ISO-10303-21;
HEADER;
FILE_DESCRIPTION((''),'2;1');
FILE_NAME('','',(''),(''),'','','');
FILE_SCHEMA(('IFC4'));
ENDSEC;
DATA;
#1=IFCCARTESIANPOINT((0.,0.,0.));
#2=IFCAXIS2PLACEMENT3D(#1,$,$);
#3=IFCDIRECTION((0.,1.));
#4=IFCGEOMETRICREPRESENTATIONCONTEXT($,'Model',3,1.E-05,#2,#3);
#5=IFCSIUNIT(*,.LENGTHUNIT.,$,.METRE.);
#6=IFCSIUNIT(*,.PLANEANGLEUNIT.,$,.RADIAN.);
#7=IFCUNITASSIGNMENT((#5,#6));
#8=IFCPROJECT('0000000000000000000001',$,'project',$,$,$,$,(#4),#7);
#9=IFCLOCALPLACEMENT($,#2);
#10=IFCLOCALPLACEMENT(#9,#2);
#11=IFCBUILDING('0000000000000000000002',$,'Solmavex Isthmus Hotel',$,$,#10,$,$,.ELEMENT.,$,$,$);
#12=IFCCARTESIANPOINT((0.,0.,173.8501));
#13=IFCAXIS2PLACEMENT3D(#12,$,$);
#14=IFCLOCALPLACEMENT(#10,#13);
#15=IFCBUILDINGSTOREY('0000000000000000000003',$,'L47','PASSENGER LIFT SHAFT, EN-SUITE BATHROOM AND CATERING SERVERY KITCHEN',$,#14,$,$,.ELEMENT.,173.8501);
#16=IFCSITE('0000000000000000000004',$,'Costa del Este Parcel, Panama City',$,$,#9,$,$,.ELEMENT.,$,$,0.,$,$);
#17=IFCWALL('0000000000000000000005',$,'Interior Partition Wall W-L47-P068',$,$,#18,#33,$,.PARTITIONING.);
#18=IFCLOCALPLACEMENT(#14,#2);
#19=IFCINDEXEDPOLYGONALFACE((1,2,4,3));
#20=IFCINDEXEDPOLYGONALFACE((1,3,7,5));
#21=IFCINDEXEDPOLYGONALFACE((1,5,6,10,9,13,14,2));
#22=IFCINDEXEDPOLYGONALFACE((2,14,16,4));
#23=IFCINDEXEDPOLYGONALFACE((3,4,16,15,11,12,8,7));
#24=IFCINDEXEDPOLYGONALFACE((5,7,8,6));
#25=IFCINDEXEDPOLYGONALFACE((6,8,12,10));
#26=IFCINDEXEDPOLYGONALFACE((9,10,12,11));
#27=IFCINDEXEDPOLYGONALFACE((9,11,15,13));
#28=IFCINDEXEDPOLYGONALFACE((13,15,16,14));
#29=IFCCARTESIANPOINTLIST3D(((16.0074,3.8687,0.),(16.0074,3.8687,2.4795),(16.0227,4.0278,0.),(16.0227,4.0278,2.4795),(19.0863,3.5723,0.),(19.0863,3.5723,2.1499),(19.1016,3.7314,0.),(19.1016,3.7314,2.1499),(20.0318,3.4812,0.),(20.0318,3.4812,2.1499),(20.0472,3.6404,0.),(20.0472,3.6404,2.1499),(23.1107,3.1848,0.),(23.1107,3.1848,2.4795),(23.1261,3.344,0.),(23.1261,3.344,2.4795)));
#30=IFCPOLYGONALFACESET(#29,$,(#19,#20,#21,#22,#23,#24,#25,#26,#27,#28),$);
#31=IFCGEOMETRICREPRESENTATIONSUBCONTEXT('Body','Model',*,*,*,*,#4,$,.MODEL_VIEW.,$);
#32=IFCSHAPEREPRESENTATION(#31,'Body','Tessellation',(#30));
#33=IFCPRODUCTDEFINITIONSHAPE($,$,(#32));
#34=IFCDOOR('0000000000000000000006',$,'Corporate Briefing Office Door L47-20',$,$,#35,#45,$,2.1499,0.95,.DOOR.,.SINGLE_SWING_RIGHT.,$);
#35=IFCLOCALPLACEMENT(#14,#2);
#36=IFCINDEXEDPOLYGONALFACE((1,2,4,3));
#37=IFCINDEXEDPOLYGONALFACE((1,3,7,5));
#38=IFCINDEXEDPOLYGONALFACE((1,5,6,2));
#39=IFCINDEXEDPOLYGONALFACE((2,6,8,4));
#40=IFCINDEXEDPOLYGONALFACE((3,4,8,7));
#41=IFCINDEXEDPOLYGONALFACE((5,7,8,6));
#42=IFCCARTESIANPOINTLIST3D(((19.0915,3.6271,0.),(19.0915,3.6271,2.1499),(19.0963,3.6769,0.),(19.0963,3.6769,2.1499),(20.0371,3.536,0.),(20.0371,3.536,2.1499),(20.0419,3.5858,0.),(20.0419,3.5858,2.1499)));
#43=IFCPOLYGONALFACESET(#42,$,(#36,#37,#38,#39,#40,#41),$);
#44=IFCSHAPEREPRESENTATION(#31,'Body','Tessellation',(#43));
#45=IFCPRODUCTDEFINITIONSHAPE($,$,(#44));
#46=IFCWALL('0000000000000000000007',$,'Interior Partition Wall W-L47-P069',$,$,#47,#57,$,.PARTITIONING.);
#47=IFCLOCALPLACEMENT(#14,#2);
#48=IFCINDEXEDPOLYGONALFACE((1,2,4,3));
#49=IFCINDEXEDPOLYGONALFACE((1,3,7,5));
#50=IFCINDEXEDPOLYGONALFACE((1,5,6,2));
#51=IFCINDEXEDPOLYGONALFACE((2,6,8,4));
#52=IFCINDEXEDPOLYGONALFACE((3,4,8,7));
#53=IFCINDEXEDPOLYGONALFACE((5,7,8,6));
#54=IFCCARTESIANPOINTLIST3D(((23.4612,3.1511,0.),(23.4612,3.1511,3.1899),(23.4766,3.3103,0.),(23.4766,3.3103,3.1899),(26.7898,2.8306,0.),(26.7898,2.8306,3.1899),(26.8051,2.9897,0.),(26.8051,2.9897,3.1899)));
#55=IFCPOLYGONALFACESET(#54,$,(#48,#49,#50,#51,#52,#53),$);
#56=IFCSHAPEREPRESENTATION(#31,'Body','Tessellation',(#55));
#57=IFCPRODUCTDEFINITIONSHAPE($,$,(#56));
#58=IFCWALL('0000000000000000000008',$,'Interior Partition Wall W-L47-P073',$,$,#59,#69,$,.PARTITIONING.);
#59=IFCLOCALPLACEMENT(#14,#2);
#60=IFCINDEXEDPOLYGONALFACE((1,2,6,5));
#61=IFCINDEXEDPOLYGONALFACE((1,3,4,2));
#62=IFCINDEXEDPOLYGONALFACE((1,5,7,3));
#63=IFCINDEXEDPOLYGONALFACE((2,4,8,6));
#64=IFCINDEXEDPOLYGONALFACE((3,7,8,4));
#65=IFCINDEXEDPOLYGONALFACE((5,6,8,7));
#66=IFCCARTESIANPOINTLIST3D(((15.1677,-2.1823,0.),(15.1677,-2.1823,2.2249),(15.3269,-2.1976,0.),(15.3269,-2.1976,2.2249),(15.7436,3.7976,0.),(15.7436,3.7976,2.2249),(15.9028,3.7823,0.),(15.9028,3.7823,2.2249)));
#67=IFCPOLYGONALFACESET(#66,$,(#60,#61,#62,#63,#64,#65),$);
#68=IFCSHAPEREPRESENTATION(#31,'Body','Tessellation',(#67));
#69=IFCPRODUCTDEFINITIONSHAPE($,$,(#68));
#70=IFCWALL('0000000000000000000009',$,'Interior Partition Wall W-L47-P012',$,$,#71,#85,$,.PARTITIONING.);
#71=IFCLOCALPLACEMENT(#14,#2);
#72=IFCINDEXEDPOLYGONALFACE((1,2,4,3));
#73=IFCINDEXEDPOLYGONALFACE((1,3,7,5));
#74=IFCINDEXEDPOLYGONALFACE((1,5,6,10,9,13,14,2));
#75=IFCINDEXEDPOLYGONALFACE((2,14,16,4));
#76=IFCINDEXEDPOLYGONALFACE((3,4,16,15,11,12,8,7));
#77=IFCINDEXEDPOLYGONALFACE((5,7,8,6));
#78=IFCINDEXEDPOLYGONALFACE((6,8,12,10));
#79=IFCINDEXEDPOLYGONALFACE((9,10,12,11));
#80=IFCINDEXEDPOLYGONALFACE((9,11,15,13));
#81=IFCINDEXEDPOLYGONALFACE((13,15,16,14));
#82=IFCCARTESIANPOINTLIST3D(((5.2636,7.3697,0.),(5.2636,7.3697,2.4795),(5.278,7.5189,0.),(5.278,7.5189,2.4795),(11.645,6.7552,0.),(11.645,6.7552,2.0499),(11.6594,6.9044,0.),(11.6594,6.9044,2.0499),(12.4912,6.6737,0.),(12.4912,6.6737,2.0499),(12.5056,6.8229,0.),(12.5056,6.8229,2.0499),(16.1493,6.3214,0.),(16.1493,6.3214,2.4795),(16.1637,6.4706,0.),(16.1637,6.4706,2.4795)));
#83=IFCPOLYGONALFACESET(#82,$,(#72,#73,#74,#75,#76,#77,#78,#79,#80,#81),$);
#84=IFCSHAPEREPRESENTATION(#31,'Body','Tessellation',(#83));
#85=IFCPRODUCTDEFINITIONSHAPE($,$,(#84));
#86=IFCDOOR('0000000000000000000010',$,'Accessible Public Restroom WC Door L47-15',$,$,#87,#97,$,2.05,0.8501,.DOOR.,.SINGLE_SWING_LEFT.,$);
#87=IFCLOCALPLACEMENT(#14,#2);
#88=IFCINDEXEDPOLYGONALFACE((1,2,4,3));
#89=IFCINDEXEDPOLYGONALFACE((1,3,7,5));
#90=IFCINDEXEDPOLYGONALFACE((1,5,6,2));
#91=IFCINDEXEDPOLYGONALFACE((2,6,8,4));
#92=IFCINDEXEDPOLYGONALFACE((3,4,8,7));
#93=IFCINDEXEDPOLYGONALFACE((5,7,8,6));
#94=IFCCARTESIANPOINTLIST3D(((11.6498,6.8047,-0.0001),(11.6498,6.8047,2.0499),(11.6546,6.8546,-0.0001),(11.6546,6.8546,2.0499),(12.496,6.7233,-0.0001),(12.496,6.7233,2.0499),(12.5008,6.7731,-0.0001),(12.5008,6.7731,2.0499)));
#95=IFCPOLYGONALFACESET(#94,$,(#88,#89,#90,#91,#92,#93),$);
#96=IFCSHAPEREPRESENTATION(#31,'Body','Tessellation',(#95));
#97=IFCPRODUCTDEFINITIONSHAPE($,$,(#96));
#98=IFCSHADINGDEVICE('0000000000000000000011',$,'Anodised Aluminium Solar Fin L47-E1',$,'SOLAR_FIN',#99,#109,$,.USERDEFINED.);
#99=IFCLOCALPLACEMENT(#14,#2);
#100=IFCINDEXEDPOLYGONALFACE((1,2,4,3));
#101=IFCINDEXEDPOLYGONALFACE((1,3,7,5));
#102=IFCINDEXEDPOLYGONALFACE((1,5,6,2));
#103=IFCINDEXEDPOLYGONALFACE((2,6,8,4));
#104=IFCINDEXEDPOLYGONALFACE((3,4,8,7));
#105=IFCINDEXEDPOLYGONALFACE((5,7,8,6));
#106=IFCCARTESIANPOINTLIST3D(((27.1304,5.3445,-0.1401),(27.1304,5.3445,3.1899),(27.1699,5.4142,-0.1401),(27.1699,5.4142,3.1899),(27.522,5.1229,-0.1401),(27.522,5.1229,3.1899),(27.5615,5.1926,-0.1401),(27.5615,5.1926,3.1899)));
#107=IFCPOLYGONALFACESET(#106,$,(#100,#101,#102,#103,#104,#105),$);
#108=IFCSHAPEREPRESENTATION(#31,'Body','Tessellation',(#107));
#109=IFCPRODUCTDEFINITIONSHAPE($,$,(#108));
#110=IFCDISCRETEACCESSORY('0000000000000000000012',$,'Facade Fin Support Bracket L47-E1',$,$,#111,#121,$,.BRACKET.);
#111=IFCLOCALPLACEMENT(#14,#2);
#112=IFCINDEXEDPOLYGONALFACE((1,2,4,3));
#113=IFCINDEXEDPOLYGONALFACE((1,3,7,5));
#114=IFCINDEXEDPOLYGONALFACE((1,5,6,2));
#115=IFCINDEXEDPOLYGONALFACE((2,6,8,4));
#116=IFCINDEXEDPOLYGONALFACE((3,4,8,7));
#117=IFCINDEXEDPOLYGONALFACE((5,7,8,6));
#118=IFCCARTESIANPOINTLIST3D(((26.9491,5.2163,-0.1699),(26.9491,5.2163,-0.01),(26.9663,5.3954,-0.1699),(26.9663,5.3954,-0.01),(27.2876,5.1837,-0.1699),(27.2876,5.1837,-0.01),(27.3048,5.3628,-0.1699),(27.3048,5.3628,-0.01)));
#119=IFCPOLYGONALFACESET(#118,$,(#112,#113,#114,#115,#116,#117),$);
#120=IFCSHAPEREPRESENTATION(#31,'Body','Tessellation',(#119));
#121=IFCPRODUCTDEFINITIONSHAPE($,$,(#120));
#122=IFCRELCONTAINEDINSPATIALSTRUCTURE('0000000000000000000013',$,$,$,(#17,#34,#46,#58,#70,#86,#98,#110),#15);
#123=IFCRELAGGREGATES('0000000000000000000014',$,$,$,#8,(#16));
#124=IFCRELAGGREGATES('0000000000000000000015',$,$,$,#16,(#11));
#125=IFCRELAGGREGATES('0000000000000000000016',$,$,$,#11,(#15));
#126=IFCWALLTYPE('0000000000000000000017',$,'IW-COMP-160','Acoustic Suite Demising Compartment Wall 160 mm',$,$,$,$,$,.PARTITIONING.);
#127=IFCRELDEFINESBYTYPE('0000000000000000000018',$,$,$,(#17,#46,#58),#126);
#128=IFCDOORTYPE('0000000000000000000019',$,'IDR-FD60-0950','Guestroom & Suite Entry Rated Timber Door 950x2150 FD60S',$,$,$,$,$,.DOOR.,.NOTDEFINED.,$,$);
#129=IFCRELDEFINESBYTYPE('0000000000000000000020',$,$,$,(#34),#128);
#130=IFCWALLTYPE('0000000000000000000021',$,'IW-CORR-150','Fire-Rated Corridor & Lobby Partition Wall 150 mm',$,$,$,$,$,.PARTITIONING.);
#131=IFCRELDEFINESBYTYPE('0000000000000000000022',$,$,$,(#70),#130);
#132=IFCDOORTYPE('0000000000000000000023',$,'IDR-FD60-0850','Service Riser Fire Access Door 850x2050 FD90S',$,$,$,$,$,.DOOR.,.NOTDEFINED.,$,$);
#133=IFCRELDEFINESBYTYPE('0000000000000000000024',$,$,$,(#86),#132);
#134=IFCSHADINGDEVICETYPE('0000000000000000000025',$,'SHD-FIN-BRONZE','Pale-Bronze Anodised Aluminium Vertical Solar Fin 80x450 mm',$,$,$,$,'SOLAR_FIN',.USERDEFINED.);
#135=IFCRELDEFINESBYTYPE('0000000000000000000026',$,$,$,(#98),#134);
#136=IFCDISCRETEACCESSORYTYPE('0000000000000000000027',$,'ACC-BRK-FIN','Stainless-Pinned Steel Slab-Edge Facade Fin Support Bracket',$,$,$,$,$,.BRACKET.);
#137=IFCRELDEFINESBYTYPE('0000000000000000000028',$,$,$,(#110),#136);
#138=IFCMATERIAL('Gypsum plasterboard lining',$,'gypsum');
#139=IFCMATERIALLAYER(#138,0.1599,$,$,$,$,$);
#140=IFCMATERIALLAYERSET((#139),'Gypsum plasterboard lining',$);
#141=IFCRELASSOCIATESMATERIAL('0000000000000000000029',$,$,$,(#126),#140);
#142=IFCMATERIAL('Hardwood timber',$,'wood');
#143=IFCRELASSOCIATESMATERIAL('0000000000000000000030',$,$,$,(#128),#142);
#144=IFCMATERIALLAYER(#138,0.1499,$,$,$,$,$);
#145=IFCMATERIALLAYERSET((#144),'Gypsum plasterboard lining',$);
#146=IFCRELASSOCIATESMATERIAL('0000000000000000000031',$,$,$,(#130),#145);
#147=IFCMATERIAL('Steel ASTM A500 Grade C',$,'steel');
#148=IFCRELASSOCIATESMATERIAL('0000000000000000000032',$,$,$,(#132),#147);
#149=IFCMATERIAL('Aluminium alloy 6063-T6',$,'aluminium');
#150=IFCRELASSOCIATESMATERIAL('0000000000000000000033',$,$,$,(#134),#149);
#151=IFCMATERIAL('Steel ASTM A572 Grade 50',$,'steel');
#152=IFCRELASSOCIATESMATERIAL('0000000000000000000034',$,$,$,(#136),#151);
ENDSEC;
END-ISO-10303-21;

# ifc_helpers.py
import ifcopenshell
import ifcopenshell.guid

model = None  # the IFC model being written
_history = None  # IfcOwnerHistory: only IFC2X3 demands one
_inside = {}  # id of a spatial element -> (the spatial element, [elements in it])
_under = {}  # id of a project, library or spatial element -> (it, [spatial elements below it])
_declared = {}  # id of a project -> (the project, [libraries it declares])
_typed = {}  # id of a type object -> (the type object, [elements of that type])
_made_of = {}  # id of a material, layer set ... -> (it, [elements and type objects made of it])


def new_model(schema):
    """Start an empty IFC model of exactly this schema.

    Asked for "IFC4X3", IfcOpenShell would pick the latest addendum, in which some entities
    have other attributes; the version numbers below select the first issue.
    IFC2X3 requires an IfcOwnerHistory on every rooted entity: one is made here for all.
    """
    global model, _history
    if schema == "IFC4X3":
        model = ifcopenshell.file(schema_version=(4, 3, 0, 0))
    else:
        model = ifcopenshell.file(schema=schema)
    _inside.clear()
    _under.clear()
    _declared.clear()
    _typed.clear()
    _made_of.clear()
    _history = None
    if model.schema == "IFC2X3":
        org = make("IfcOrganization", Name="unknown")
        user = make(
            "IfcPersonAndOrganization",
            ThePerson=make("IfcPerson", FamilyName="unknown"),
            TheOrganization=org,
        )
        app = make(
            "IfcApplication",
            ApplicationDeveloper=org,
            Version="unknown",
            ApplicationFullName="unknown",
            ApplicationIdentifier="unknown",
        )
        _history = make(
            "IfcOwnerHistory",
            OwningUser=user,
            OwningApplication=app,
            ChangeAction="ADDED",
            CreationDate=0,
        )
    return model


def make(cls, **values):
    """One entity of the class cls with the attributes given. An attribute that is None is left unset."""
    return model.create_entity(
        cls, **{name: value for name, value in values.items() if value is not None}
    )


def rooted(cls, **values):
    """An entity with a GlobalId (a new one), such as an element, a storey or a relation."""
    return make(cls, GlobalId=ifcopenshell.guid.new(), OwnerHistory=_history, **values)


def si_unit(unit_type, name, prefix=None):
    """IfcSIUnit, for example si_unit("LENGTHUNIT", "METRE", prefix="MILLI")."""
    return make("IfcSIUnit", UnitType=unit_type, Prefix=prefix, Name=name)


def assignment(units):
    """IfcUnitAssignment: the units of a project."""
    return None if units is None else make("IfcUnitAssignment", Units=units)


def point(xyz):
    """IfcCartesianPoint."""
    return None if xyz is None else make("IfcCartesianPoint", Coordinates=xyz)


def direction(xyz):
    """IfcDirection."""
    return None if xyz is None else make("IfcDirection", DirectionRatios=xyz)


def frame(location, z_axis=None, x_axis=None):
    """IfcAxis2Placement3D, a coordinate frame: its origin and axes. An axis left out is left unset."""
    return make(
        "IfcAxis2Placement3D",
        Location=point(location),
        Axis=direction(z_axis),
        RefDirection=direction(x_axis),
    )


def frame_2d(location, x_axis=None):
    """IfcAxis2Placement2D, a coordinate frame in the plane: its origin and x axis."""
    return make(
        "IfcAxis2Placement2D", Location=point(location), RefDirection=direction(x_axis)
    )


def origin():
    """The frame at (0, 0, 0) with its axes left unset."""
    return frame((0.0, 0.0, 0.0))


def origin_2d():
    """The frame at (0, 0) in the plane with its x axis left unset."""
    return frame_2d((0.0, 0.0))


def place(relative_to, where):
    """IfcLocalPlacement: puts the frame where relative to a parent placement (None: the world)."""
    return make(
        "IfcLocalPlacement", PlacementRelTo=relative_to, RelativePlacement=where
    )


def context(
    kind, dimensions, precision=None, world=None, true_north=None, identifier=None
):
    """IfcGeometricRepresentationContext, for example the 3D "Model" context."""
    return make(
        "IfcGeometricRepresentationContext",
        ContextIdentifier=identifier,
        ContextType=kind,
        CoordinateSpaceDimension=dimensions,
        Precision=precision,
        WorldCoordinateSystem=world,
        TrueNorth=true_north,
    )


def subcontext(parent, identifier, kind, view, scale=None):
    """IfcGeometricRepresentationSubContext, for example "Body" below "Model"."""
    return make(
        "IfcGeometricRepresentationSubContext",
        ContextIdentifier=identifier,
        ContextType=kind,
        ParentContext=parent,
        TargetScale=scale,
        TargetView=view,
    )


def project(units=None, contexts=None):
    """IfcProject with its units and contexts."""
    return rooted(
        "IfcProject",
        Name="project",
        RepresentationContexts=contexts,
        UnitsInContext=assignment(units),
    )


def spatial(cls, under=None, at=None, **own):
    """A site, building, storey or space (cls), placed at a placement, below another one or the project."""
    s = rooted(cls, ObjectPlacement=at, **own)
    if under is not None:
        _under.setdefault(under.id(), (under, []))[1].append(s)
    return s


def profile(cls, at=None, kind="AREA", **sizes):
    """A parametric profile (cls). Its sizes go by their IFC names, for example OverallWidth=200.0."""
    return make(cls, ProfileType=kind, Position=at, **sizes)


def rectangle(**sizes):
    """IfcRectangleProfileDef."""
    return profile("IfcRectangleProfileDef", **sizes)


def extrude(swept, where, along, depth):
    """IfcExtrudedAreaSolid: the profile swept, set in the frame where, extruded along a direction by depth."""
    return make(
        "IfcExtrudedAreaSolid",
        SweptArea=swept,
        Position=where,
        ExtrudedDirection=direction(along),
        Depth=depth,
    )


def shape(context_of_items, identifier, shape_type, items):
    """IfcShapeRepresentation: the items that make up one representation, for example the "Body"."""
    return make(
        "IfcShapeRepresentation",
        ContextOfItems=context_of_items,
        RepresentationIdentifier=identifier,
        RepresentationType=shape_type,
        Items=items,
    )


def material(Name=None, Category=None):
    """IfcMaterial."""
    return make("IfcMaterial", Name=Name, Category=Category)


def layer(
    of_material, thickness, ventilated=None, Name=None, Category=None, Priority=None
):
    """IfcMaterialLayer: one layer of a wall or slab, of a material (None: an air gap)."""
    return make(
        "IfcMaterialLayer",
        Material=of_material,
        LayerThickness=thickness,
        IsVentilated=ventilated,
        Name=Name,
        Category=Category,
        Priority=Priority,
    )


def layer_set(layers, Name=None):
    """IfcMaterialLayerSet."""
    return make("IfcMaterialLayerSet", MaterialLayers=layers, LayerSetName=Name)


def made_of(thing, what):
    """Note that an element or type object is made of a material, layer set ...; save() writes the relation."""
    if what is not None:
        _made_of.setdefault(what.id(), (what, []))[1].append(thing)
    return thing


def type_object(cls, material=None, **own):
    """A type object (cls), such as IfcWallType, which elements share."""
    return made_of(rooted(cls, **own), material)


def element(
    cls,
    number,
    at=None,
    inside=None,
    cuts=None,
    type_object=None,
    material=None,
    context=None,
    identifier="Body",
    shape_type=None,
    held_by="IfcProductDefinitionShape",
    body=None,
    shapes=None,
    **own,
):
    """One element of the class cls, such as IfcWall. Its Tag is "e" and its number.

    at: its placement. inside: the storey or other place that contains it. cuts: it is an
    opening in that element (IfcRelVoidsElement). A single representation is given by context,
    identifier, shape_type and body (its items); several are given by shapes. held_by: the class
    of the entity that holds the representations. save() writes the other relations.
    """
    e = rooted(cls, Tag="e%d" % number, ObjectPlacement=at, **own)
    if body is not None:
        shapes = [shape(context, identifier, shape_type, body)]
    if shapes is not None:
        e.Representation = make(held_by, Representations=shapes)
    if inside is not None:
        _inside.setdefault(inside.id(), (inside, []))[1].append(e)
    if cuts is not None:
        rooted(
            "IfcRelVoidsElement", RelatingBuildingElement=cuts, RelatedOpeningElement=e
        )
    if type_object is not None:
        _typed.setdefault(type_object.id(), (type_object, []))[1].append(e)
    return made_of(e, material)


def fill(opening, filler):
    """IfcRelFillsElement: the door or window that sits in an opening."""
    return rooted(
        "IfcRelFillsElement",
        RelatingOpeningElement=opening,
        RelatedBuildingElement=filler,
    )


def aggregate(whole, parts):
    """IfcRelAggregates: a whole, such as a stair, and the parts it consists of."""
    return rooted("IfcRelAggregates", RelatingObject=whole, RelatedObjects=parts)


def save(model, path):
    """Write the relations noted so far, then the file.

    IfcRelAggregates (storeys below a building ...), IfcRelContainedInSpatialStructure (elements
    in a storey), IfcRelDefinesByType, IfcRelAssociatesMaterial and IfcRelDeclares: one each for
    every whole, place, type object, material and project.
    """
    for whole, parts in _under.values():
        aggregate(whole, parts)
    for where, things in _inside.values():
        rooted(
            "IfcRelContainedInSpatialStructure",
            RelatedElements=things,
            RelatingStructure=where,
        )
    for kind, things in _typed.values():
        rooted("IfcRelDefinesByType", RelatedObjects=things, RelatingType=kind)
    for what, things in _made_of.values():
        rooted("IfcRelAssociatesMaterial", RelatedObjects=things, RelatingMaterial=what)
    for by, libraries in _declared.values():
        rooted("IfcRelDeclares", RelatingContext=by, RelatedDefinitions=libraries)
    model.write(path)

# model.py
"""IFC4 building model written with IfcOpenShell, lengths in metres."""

from ifc_helpers import new_model, si_unit, direction, frame, frame_2d, origin, origin_2d, place, context, subcontext, project, spatial, rectangle, extrude, material, layer, layer_set, type_object, element, fill, save


model = new_model("IFC4")

# Units and contexts
model_context = context("Model", 3, precision=1e-05, world=origin(), true_north=direction((0.0, 1.0)))
body_context = subcontext(model_context, "Body", "Model", "MODEL_VIEW")
ifc_project = project(units=[si_unit("LENGTHUNIT", "METRE"), si_unit("PLANEANGLEUNIT", "RADIAN")], contexts=[model_context])

# Site, building, storey
site_placement = place(None, origin())
site = spatial("IfcSite", under=ifc_project, at=site_placement, Name="Costa del Este Parcel, Panama City", CompositionType="ELEMENT", RefElevation=0.0)
building_placement = place(site_placement, origin())
building = spatial("IfcBuilding", under=site, at=building_placement, Name="Solmavex Isthmus Hotel", CompositionType="ELEMENT")
storey_placement = place(building_placement, frame((0.0, 0.0, 173.8501)))
storey = spatial("IfcBuildingStorey", under=building, at=storey_placement, Name="L47", Description="PASSENGER LIFT SHAFT, EN-SUITE BATHROOM AND CATERING SERVERY KITCHEN", CompositionType="ELEMENT", Elevation=173.8501)

# Shared definitions
ifc_material_1 = material(Name="Aluminium alloy 6063-T6", Category="aluminium")

# Shared definitions
ifc_material_2 = material(Name="Gypsum plasterboard lining", Category="gypsum")
ifc_layer_1 = layer(ifc_material_2, 0.1599)
ifc_layer_set_1 = layer_set([ifc_layer_1], Name="Gypsum plasterboard lining")
wall_type_1 = type_object("IfcWallType", Name="IW-COMP-160", Description="Acoustic Suite Demising Compartment Wall 160 mm", PredefinedType="PARTITIONING", material=ifc_layer_set_1)

# Wall, opening, door
wall_1_placement = place(storey_placement, frame((23.1184, 3.2644, 0.0), z_axis=(0.0, 0.0, 1.0), x_axis=(-0.995398, 0.095828, 0.0)))
wall_1 = element("IfcWall", 1, at=wall_1_placement, inside=storey, type_object=wall_type_1, Name="Interior Partition Wall W-L47-P068", PredefinedType="PARTITIONING", context=body_context, shape_type="SweptSolid", body=[
    extrude(rectangle(XDim=7.1362, YDim=0.1599, at=frame_2d((3.5681, 0.0))), origin(), (0.0, 0.0, 1.0), 2.4795),
])
opening_1_placement = place(wall_1_placement, frame((3.093, 0.0, 0.0)))
opening_1 = element("IfcOpeningElement", 2, at=opening_1_placement, cuts=wall_1, PredefinedType="OPENING", context=body_context, shape_type="SweptSolid", body=[
    extrude(rectangle(XDim=0.95, YDim=2.1499, at=frame_2d((0.4751, 1.075))), frame((0.0, 0.0898, 0.0), z_axis=(0.0, -1.0, 0.0), x_axis=(1.0, 0.0, 0.0)), (0.0, 0.0, 1.0), 0.1799),
])
ifc_material_3 = material(Name="Hardwood timber", Category="wood")
door_type_1 = type_object("IfcDoorType", Name="IDR-FD60-0950", Description="Guestroom & Suite Entry Rated Timber Door 950x2150 FD60S", OperationType="NOTDEFINED", PredefinedType="DOOR", material=ifc_material_3)
door_1_placement = place(opening_1_placement, origin())
door_1 = element("IfcDoor", 3, at=door_1_placement, inside=storey, type_object=door_type_1, Name="Corporate Briefing Office Door L47-20", OperationType="SINGLE_SWING_RIGHT", OverallHeight=2.1499, OverallWidth=0.95, PredefinedType="DOOR", context=body_context, shape_type="SweptSolid", body=[
    extrude(rectangle(XDim=0.95, YDim=2.1499, at=frame_2d((0.4751, 1.075))), frame((0.0, 0.0249, 0.0), z_axis=(0.0, -1.0, 0.0), x_axis=(1.0, 0.0, 0.0)), (0.0, 0.0, 1.0), 0.05),
])
fill(opening_1, door_1)

# Walls
wall_2_placement = place(storey_placement, frame((26.7974, 2.9102, 0.0), z_axis=(0.0, 0.0, 1.0), x_axis=(-0.995395, 0.09586, 0.0)))
element("IfcWall", 4, at=wall_2_placement, inside=storey, type_object=wall_type_1, Name="Interior Partition Wall W-L47-P069", PredefinedType="PARTITIONING", context=body_context, shape_type="SweptSolid", body=[
    extrude(rectangle(XDim=3.344, YDim=0.1599, at=frame_2d((1.6719, 0.0))), origin(), (0.0, 0.0, 1.0), 3.1899),
])
wall_3_placement = place(storey_placement, frame((15.8232, 3.79, 0.0), z_axis=(0.0, 0.0, 1.0), x_axis=(-0.095866, -0.995394, 0.0)))
element("IfcWall", 5, at=wall_3_placement, inside=storey, type_object=wall_type_1, Name="Interior Partition Wall W-L47-P073", PredefinedType="PARTITIONING", context=body_context, shape_type="SweptSolid", body=[
    extrude(rectangle(XDim=6.0076, YDim=0.1599, at=frame_2d((3.0039, 0.0))), origin(), (0.0, 0.0, 1.0), 2.2249),
])

# Wall, opening, door
ifc_layer_2 = layer(ifc_material_2, 0.1499)
ifc_layer_set_2 = layer_set([ifc_layer_2], Name="Gypsum plasterboard lining")
wall_type_2 = type_object("IfcWallType", Name="IW-CORR-150", Description="Fire-Rated Corridor & Lobby Partition Wall 150 mm", PredefinedType="PARTITIONING", material=ifc_layer_set_2)
wall_4_placement = place(storey_placement, frame((16.1565, 6.396, 0.0), z_axis=(0.0, 0.0, 1.0), x_axis=(-0.995395, 0.09586, 0.0)))
wall_4 = element("IfcWall", 6, at=wall_4_placement, inside=storey, type_object=wall_type_2, Name="Interior Partition Wall W-L47-P012", PredefinedType="PARTITIONING", context=body_context, shape_type="SweptSolid", body=[
    extrude(rectangle(XDim=10.936, YDim=0.1499, at=frame_2d((5.468, 0.0))), origin(), (0.0, 0.0, 1.0), 2.4795),
])
opening_2_placement = place(wall_4_placement, frame((3.675, 0.0, 0.0)))
opening_2 = element("IfcOpeningElement", 7, at=opening_2_placement, cuts=wall_4, PredefinedType="OPENING", context=body_context, shape_type="SweptSolid", body=[
    extrude(rectangle(XDim=0.8501, YDim=2.05, at=frame_2d((0.425, 1.0249))), frame((0.0, 0.085, 0.0), z_axis=(0.0, -1.0, 0.0), x_axis=(1.0, 0.0, 0.0)), (0.0, 0.0, 1.0), 0.1699),
])
ifc_material_4 = material(Name="Steel ASTM A500 Grade C", Category="steel")
door_type_2 = type_object("IfcDoorType", Name="IDR-FD60-0850", Description="Service Riser Fire Access Door 850x2050 FD90S", OperationType="NOTDEFINED", PredefinedType="DOOR", material=ifc_material_4)
door_2_placement = place(opening_2_placement, frame((0.8501, 0.0, 0.0), z_axis=(0.0, 0.0, 1.0), x_axis=(-1.0, 0.0, 0.0)))
door_2 = element("IfcDoor", 8, at=door_2_placement, inside=storey, type_object=door_type_2, Name="Accessible Public Restroom WC Door L47-15", OperationType="SINGLE_SWING_LEFT", OverallHeight=2.05, OverallWidth=0.8501, PredefinedType="DOOR", context=body_context, shape_type="SweptSolid", body=[
    extrude(rectangle(XDim=0.8501, YDim=2.05, at=frame_2d((0.425, 1.0249))), frame((0.0, 0.0249, 0.0), z_axis=(0.0, -1.0, 0.0), x_axis=(1.0, 0.0, 0.0)), (0.0, 0.0, 1.0), 0.05),
])
fill(opening_2, door_2)

# Shading device
shading_device_type = type_object("IfcShadingDeviceType", Name="SHD-FIN-BRONZE", Description="Pale-Bronze Anodised Aluminium Vertical Solar Fin 80x450 mm", ElementType="SOLAR_FIN", PredefinedType="USERDEFINED", material=ifc_material_1)
shading_device_placement = place(storey_placement, frame((27.3459, 5.2686, -0.1401), z_axis=(0.0, 0.0, 1.0), x_axis=(0.870356, -0.492424, 0.0)))
element("IfcShadingDevice", 9, at=shading_device_placement, inside=storey, type_object=shading_device_type, Name="Anodised Aluminium Solar Fin L47-E1", ObjectType="SOLAR_FIN", PredefinedType="USERDEFINED", context=body_context, shape_type="SweptSolid", body=[
    extrude(rectangle(XDim=0.45, YDim=0.0801, at=origin_2d()), origin(), (0.0, 0.0, 1.0), 3.3301),
])

# Discrete accessory
ifc_material_5 = material(Name="Steel ASTM A572 Grade 50", Category="steel")
discrete_accessory_type = type_object("IfcDiscreteAccessoryType", Name="ACC-BRK-FIN", Description="Stainless-Pinned Steel Slab-Edge Facade Fin Support Bracket", PredefinedType="BRACKET", material=ifc_material_5)
discrete_accessory_placement = place(storey_placement, frame((27.127, 5.2896, -0.1699), z_axis=(0.0, 0.0, 1.0), x_axis=(0.995396, -0.095846, 0.0)))
element("IfcDiscreteAccessory", 10, at=discrete_accessory_placement, inside=storey, type_object=discrete_accessory_type, Name="Facade Fin Support Bracket L47-E1", PredefinedType="BRACKET", context=body_context, shape_type="SweptSolid", body=[
    extrude(rectangle(XDim=0.3401, YDim=0.1799, at=origin_2d()), origin(), (0.0, 0.0, 1.0), 0.1599),
])

save(model, "model.ifc")
